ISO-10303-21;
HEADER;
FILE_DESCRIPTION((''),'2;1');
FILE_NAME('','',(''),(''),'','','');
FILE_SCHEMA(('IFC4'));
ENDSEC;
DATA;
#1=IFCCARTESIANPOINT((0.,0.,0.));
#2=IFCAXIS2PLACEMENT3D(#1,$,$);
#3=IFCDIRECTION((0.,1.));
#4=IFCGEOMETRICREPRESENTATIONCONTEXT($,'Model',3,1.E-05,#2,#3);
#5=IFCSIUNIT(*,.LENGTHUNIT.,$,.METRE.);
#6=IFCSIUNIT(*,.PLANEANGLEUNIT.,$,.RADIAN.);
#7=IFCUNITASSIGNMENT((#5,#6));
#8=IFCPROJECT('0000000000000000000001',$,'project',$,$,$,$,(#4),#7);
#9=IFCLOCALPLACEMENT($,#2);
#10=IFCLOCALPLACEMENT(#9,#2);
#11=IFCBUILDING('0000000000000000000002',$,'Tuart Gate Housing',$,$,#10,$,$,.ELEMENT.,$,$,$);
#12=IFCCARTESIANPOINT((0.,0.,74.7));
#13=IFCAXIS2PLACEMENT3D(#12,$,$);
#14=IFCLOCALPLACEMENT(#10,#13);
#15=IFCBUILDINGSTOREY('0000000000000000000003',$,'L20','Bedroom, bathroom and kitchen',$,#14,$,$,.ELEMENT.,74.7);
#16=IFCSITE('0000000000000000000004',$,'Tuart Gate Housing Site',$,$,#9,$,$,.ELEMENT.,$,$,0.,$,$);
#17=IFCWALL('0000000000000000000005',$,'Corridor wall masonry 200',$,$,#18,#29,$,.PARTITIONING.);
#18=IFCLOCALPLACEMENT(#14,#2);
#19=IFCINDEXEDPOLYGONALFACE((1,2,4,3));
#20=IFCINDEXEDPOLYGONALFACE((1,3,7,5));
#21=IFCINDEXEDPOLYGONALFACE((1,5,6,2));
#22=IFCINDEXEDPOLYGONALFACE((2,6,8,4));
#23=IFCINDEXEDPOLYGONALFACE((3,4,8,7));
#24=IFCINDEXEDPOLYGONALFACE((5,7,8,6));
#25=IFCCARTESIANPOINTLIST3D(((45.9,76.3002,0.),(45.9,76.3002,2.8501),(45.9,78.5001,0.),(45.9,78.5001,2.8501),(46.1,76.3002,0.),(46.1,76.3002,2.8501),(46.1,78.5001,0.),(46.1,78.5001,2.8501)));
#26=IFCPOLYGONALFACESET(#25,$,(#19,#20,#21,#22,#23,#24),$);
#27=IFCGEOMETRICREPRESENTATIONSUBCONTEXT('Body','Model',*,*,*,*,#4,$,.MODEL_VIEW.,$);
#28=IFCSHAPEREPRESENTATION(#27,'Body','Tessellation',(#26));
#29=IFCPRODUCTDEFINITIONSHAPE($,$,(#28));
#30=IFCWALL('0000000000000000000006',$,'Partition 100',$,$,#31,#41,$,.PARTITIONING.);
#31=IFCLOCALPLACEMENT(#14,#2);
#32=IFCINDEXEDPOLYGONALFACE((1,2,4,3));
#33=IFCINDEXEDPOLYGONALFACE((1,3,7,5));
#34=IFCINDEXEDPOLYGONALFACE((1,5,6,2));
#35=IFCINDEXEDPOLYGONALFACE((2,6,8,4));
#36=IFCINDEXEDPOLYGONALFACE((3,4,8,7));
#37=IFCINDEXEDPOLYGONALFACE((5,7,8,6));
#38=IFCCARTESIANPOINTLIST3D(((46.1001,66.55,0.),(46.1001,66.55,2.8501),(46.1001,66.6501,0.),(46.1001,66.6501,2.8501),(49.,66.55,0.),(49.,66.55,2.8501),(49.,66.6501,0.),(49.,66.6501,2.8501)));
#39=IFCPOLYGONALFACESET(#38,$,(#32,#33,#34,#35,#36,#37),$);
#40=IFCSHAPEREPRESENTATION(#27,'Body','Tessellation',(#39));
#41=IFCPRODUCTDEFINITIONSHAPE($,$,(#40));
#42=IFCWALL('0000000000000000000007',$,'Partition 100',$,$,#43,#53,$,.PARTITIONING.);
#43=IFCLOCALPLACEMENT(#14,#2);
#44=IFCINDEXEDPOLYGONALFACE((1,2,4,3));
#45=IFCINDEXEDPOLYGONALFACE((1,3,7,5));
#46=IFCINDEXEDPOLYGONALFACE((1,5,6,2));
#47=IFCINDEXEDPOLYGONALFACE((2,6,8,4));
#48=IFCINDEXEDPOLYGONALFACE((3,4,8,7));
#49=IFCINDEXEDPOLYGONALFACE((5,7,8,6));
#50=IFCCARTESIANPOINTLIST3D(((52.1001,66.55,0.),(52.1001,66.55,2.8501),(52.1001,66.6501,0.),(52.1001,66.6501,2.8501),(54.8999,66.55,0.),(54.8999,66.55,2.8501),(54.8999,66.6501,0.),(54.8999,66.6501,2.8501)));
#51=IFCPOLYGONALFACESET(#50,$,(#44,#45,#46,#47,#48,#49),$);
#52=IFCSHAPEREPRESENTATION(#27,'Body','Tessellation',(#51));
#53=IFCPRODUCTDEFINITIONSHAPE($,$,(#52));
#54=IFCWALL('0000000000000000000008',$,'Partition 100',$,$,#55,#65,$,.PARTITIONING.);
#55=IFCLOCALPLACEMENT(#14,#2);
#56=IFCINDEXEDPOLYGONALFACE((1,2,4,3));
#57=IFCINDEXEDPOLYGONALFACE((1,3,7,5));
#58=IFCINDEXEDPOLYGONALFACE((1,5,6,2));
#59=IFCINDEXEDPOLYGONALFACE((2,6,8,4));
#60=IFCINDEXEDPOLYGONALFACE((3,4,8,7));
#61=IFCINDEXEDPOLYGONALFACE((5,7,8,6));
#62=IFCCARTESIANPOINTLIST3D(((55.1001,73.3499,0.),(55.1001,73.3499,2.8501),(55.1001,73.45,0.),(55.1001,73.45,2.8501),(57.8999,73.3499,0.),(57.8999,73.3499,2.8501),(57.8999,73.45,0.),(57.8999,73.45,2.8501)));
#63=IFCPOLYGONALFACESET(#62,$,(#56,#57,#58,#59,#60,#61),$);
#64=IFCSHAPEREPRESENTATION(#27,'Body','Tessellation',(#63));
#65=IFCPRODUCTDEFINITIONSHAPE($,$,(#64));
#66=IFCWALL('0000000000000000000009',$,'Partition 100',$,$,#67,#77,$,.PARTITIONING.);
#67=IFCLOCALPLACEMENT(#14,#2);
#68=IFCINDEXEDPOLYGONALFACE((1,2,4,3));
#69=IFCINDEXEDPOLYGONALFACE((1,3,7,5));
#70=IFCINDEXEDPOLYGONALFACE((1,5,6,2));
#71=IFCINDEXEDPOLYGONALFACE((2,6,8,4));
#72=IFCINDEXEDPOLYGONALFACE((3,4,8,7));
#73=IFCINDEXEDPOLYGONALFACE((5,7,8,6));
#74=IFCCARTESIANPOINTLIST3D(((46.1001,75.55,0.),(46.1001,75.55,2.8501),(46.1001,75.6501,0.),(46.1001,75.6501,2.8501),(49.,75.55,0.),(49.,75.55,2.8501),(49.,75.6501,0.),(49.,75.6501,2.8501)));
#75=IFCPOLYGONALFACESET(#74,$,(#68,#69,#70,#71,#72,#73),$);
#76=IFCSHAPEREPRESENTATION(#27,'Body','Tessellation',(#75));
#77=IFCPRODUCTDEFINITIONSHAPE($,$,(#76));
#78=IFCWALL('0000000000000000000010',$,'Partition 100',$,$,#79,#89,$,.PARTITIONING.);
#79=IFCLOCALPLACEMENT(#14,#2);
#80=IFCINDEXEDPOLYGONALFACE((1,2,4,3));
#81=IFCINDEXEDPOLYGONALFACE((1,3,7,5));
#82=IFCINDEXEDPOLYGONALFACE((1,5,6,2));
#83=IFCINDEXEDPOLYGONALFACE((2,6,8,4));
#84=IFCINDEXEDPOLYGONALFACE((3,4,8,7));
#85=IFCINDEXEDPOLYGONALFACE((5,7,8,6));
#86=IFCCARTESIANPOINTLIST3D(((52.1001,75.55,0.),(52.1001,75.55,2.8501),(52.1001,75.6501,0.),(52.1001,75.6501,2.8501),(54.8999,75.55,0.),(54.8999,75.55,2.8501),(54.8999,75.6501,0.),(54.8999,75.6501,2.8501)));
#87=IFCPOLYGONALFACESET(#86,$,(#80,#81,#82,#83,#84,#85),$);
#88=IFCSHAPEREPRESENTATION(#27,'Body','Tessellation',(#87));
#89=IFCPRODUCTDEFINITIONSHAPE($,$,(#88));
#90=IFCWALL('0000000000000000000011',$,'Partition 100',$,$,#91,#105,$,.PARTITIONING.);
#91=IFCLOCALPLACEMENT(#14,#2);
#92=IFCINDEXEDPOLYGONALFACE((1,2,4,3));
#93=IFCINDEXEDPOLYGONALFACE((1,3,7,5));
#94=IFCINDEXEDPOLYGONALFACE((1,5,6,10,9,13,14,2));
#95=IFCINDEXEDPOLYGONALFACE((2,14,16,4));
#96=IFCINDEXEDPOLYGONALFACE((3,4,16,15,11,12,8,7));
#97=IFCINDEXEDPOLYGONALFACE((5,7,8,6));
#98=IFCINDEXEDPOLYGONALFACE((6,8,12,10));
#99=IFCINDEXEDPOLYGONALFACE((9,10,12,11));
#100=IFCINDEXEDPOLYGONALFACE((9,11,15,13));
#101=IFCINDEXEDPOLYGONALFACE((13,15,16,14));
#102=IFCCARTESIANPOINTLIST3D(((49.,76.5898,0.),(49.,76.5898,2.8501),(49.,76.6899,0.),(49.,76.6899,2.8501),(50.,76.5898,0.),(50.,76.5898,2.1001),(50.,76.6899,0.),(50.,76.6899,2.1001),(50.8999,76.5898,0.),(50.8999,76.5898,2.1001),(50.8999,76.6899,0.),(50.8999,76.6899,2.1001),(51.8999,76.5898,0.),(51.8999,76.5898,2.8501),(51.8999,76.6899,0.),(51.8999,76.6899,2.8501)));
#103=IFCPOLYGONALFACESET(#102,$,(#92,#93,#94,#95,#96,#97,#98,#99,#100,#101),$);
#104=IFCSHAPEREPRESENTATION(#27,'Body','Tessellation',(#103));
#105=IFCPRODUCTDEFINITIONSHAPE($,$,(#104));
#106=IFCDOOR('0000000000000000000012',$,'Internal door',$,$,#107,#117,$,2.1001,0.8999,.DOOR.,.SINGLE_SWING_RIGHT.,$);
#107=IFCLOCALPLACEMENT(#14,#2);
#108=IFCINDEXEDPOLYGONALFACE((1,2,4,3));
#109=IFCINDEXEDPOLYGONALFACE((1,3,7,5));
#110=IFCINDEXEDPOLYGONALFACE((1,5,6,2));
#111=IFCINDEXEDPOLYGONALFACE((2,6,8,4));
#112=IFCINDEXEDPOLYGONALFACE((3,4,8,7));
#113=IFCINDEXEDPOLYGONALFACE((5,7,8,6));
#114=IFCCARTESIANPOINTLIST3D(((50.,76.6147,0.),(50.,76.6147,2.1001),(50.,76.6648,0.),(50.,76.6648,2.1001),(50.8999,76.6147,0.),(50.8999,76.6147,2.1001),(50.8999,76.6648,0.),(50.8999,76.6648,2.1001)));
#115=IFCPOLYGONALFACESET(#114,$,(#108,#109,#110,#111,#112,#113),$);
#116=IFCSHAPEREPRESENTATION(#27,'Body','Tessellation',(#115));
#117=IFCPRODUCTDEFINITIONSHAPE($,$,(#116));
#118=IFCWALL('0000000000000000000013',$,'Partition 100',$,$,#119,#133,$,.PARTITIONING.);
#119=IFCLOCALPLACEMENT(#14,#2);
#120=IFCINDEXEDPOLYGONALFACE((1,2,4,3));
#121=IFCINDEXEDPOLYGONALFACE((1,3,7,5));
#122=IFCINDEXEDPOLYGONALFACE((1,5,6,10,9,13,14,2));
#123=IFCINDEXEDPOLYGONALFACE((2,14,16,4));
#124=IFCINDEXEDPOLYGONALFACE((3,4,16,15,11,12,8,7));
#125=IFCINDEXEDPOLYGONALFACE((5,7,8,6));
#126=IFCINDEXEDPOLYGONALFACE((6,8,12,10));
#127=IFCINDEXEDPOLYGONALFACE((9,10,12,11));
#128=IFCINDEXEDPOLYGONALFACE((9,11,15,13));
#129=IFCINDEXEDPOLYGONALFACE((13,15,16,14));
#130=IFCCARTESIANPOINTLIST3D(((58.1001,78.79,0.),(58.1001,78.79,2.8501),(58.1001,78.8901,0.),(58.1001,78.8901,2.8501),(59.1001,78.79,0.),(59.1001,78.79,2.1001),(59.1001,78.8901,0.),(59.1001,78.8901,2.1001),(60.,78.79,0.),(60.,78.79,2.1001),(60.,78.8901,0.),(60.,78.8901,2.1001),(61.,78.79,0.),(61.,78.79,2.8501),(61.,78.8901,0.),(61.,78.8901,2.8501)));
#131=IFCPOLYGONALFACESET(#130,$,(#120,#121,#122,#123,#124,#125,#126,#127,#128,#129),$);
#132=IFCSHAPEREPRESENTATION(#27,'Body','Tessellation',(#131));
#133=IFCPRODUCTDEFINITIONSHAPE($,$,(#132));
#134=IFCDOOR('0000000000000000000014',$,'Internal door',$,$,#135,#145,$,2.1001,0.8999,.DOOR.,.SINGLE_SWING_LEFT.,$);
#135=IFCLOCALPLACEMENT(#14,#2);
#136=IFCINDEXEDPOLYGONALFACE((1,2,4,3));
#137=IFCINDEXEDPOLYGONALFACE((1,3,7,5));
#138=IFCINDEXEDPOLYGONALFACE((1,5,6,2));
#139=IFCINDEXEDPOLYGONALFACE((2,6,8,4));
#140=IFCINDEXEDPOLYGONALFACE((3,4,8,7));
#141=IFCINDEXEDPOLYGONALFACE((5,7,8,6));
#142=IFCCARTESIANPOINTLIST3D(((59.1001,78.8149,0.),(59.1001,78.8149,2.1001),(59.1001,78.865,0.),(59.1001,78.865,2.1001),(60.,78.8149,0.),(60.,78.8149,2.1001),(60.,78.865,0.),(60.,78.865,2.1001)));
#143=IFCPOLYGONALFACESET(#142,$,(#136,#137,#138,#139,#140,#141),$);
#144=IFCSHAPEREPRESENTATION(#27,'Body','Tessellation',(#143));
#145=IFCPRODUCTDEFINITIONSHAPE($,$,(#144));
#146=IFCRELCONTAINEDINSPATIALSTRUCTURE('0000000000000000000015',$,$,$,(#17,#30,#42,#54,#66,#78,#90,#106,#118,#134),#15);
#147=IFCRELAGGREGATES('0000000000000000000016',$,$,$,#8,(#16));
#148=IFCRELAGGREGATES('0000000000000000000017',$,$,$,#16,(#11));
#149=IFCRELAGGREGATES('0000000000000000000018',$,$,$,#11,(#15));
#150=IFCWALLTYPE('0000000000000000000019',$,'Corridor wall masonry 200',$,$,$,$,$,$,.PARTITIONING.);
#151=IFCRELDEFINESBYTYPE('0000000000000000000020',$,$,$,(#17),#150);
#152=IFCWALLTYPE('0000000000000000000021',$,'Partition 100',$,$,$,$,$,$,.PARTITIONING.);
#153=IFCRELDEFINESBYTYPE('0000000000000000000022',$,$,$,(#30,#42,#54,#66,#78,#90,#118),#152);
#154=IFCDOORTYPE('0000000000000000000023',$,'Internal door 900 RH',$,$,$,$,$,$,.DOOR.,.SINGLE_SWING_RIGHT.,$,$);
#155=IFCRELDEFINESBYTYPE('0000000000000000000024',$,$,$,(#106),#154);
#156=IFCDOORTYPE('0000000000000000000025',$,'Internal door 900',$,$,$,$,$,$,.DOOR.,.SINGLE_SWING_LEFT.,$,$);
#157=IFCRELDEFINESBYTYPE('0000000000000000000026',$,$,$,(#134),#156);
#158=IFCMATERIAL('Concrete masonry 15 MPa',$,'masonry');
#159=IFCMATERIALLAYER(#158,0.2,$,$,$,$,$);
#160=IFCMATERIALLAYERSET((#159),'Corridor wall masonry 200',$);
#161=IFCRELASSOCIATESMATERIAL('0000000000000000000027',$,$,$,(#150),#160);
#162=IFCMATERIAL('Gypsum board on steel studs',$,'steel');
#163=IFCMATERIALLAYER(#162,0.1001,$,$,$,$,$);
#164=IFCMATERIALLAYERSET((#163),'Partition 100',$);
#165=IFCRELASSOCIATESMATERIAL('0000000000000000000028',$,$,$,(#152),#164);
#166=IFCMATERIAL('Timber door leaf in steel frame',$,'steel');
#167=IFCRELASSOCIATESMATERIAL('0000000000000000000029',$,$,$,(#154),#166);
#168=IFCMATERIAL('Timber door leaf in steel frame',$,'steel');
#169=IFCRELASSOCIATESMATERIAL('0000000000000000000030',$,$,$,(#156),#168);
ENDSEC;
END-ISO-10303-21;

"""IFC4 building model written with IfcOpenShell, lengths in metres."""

from ifc_helpers import new_model, si_unit, direction, frame, frame_2d, origin, place, context, subcontext, project, spatial, rectangle, extrude, material, layer, layer_set, type_object, element, fill, save


model = new_model("IFC4")

# Units and contexts
model_context = context("Model", 3, precision=1e-05, world=origin(), true_north=direction((0.0, 1.0)))
body_context = subcontext(model_context, "Body", "Model", "MODEL_VIEW")
ifc_project = project(units=[si_unit("LENGTHUNIT", "METRE"), si_unit("PLANEANGLEUNIT", "RADIAN")], contexts=[model_context])

# Site, building, storey
site_placement = place(None, origin())
site = spatial("IfcSite", under=ifc_project, at=site_placement, Name="Tuart Gate Housing Site", CompositionType="ELEMENT", RefElevation=0.0)
building_placement = place(site_placement, origin())
building = spatial("IfcBuilding", under=site, at=building_placement, Name="Tuart Gate Housing", CompositionType="ELEMENT")
storey_placement = place(building_placement, frame((0.0, 0.0, 74.7)))
storey = spatial("IfcBuildingStorey", under=building, at=storey_placement, Name="L20", Description="Bedroom, bathroom and kitchen", CompositionType="ELEMENT", Elevation=74.7)

# Walls
ifc_material_1 = material(Name="Concrete masonry 15 MPa", Category="masonry")
ifc_layer_1 = layer(ifc_material_1, 0.2)
ifc_layer_set_1 = layer_set([ifc_layer_1], Name="Corridor wall masonry 200")
wall_type_1 = type_object("IfcWallType", Name="Corridor wall masonry 200", PredefinedType="PARTITIONING", material=ifc_layer_set_1)
wall_1_placement = place(storey_placement, frame((46.0, 76.3, 0.0), z_axis=(0.0, 0.0, 1.0), x_axis=(0.0, 1.0, 0.0)))
element("IfcWall", 1, at=wall_1_placement, inside=storey, type_object=wall_type_1, Name="Corridor wall masonry 200", PredefinedType="PARTITIONING", context=body_context, shape_type="SweptSolid", body=[
    extrude(rectangle(XDim=2.2, YDim=0.2, at=frame_2d((1.1001, 0.0))), origin(), (0.0, 0.0, 1.0), 2.8501),
])
ifc_material_2 = material(Name="Gypsum board on steel studs", Category="steel")
ifc_layer_2 = layer(ifc_material_2, 0.1001)
ifc_layer_set_2 = layer_set([ifc_layer_2], Name="Partition 100")
wall_type_2 = type_object("IfcWallType", Name="Partition 100", PredefinedType="PARTITIONING", material=ifc_layer_set_2)
wall_2_placement = place(storey_placement, frame((46.1001, 66.6001, 0.0), z_axis=(0.0, 0.0, 1.0), x_axis=(1.0, 0.0, 0.0)))
element("IfcWall", 2, at=wall_2_placement, inside=storey, type_object=wall_type_2, Name="Partition 100", PredefinedType="PARTITIONING", context=body_context, shape_type="SweptSolid", body=[
    extrude(rectangle(XDim=2.8999, YDim=0.1001, at=frame_2d((1.45, 0.0))), origin(), (0.0, 0.0, 1.0), 2.8501),
])
for number, where, z_axis, x_axis, name in (
    (3, (52.1001, 66.6001, 0.0), (0.0, 0.0, 1.0), (1.0, 0.0, 0.0), "Partition 100"),
    (4, (55.1001, 73.3999, 0.0), (0.0, 0.0, 1.0), (1.0, 0.0, 0.0), "Partition 100"),
):
    element("IfcWall", number, at=place(storey_placement, frame(where, z_axis=z_axis, x_axis=x_axis)), inside=storey, type_object=wall_type_2, Name=name, PredefinedType="PARTITIONING", context=body_context, shape_type="SweptSolid", body=[
        extrude(rectangle(XDim=2.7998, YDim=0.1001, at=frame_2d((1.3999, 0.0))), origin(), (0.0, 0.0, 1.0), 2.8501),
    ])
wall_3_placement = place(storey_placement, frame((46.1001, 75.6001, 0.0), z_axis=(0.0, 0.0, 1.0), x_axis=(1.0, 0.0, 0.0)))
element("IfcWall", 5, at=wall_3_placement, inside=storey, type_object=wall_type_2, Name="Partition 100", PredefinedType="PARTITIONING", context=body_context, shape_type="SweptSolid", body=[
    extrude(rectangle(XDim=2.8999, YDim=0.1001, at=frame_2d((1.45, 0.0))), origin(), (0.0, 0.0, 1.0), 2.8501),
])
wall_4_placement = place(storey_placement, frame((52.1001, 75.6001, 0.0), z_axis=(0.0, 0.0, 1.0), x_axis=(1.0, 0.0, 0.0)))
element("IfcWall", 6, at=wall_4_placement, inside=storey, type_object=wall_type_2, Name="Partition 100", PredefinedType="PARTITIONING", context=body_context, shape_type="SweptSolid", body=[
    extrude(rectangle(XDim=2.7998, YDim=0.1001, at=frame_2d((1.3999, 0.0))), origin(), (0.0, 0.0, 1.0), 2.8501),
])

# Walls, openings, doors
wall_5_placement = place(storey_placement, frame((49.0, 76.6399, 0.0), z_axis=(0.0, 0.0, 1.0), x_axis=(1.0, 0.0, 0.0)))
wall_5 = element("IfcWall", 7, at=wall_5_placement, inside=storey, type_object=wall_type_2, Name="Partition 100", PredefinedType="PARTITIONING", context=body_context, shape_type="SweptSolid", body=[
    extrude(rectangle(XDim=2.8999, YDim=0.1001, at=frame_2d((1.45, 0.0))), origin(), (0.0, 0.0, 1.0), 2.8501),
])
opening_1_placement = place(wall_5_placement, frame((1.0, 0.0, 0.0)))
opening_1 = element("IfcOpeningElement", 8, at=opening_1_placement, cuts=wall_5, PredefinedType="OPENING", context=body_context, shape_type="SweptSolid", body=[
    extrude(rectangle(XDim=0.8999, YDim=2.1001, at=frame_2d((0.45, 1.05))), frame((0.0, 0.0601, 0.0), z_axis=(0.0, -1.0, 0.0), x_axis=(1.0, 0.0, 0.0)), (0.0, 0.0, 1.0), 0.1201),
])
ifc_material_3 = material(Name="Timber door leaf in steel frame", Category="steel")
door_type_1 = type_object("IfcDoorType", Name="Internal door 900 RH", OperationType="SINGLE_SWING_RIGHT", PredefinedType="DOOR", material=ifc_material_3)
door_1_placement = place(opening_1_placement, frame((0.8999, 0.0, 0.0), z_axis=(0.0, 0.0, 1.0), x_axis=(-1.0, 0.0, 0.0)))
door_1 = element("IfcDoor", 9, at=door_1_placement, inside=storey, type_object=door_type_1, Name="Internal door", OperationType="SINGLE_SWING_RIGHT", OverallHeight=2.1001, OverallWidth=0.8999, PredefinedType="DOOR", context=body_context, shape_type="SweptSolid", body=[
    extrude(rectangle(XDim=0.8999, YDim=2.1001, at=frame_2d((0.45, 1.05))), frame((0.0, 0.0251, 0.0), z_axis=(0.0, -1.0, 0.0), x_axis=(1.0, 0.0, 0.0)), (0.0, 0.0, 1.0), 0.05),
])
fill(opening_1, door_1)
wall_6_placement = place(storey_placement, frame((58.1001, 78.8401, 0.0), z_axis=(0.0, 0.0, 1.0), x_axis=(1.0, 0.0, 0.0)))
wall_6 = element("IfcWall", 10, at=wall_6_placement, inside=storey, type_object=wall_type_2, Name="Partition 100", PredefinedType="PARTITIONING", context=body_context, shape_type="SweptSolid", body=[
    extrude(rectangle(XDim=2.8999, YDim=0.1001, at=frame_2d((1.45, 0.0))), origin(), (0.0, 0.0, 1.0), 2.8501),
])
opening_2_placement = place(wall_6_placement, frame((1.0, 0.0, 0.0)))
opening_2 = element("IfcOpeningElement", 11, at=opening_2_placement, cuts=wall_6, PredefinedType="OPENING", context=body_context, shape_type="SweptSolid", body=[
    extrude(rectangle(XDim=0.8999, YDim=2.1001, at=frame_2d((0.45, 1.05))), frame((0.0, 0.0601, 0.0), z_axis=(0.0, -1.0, 0.0), x_axis=(1.0, 0.0, 0.0)), (0.0, 0.0, 1.0), 0.1201),
])
ifc_material_4 = material(Name="Timber door leaf in steel frame", Category="steel")
door_type_2 = type_object("IfcDoorType", Name="Internal door 900", OperationType="SINGLE_SWING_LEFT", PredefinedType="DOOR", material=ifc_material_4)
door_2_placement = place(opening_2_placement, frame((0.8999, 0.0, 0.0), z_axis=(0.0, 0.0, 1.0), x_axis=(-1.0, 0.0, 0.0)))
door_2 = element("IfcDoor", 12, at=door_2_placement, inside=storey, type_object=door_type_2, Name="Internal door", OperationType="SINGLE_SWING_LEFT", OverallHeight=2.1001, OverallWidth=0.8999, PredefinedType="DOOR", context=body_context, shape_type="SweptSolid", body=[
    extrude(rectangle(XDim=0.8999, YDim=2.1001, at=frame_2d((0.45, 1.05))), frame((0.0, 0.0251, 0.0), z_axis=(0.0, -1.0, 0.0), x_axis=(1.0, 0.0, 0.0)), (0.0, 0.0, 1.0), 0.05),
])
fill(opening_2, door_2)

save(model, "model.ifc")
